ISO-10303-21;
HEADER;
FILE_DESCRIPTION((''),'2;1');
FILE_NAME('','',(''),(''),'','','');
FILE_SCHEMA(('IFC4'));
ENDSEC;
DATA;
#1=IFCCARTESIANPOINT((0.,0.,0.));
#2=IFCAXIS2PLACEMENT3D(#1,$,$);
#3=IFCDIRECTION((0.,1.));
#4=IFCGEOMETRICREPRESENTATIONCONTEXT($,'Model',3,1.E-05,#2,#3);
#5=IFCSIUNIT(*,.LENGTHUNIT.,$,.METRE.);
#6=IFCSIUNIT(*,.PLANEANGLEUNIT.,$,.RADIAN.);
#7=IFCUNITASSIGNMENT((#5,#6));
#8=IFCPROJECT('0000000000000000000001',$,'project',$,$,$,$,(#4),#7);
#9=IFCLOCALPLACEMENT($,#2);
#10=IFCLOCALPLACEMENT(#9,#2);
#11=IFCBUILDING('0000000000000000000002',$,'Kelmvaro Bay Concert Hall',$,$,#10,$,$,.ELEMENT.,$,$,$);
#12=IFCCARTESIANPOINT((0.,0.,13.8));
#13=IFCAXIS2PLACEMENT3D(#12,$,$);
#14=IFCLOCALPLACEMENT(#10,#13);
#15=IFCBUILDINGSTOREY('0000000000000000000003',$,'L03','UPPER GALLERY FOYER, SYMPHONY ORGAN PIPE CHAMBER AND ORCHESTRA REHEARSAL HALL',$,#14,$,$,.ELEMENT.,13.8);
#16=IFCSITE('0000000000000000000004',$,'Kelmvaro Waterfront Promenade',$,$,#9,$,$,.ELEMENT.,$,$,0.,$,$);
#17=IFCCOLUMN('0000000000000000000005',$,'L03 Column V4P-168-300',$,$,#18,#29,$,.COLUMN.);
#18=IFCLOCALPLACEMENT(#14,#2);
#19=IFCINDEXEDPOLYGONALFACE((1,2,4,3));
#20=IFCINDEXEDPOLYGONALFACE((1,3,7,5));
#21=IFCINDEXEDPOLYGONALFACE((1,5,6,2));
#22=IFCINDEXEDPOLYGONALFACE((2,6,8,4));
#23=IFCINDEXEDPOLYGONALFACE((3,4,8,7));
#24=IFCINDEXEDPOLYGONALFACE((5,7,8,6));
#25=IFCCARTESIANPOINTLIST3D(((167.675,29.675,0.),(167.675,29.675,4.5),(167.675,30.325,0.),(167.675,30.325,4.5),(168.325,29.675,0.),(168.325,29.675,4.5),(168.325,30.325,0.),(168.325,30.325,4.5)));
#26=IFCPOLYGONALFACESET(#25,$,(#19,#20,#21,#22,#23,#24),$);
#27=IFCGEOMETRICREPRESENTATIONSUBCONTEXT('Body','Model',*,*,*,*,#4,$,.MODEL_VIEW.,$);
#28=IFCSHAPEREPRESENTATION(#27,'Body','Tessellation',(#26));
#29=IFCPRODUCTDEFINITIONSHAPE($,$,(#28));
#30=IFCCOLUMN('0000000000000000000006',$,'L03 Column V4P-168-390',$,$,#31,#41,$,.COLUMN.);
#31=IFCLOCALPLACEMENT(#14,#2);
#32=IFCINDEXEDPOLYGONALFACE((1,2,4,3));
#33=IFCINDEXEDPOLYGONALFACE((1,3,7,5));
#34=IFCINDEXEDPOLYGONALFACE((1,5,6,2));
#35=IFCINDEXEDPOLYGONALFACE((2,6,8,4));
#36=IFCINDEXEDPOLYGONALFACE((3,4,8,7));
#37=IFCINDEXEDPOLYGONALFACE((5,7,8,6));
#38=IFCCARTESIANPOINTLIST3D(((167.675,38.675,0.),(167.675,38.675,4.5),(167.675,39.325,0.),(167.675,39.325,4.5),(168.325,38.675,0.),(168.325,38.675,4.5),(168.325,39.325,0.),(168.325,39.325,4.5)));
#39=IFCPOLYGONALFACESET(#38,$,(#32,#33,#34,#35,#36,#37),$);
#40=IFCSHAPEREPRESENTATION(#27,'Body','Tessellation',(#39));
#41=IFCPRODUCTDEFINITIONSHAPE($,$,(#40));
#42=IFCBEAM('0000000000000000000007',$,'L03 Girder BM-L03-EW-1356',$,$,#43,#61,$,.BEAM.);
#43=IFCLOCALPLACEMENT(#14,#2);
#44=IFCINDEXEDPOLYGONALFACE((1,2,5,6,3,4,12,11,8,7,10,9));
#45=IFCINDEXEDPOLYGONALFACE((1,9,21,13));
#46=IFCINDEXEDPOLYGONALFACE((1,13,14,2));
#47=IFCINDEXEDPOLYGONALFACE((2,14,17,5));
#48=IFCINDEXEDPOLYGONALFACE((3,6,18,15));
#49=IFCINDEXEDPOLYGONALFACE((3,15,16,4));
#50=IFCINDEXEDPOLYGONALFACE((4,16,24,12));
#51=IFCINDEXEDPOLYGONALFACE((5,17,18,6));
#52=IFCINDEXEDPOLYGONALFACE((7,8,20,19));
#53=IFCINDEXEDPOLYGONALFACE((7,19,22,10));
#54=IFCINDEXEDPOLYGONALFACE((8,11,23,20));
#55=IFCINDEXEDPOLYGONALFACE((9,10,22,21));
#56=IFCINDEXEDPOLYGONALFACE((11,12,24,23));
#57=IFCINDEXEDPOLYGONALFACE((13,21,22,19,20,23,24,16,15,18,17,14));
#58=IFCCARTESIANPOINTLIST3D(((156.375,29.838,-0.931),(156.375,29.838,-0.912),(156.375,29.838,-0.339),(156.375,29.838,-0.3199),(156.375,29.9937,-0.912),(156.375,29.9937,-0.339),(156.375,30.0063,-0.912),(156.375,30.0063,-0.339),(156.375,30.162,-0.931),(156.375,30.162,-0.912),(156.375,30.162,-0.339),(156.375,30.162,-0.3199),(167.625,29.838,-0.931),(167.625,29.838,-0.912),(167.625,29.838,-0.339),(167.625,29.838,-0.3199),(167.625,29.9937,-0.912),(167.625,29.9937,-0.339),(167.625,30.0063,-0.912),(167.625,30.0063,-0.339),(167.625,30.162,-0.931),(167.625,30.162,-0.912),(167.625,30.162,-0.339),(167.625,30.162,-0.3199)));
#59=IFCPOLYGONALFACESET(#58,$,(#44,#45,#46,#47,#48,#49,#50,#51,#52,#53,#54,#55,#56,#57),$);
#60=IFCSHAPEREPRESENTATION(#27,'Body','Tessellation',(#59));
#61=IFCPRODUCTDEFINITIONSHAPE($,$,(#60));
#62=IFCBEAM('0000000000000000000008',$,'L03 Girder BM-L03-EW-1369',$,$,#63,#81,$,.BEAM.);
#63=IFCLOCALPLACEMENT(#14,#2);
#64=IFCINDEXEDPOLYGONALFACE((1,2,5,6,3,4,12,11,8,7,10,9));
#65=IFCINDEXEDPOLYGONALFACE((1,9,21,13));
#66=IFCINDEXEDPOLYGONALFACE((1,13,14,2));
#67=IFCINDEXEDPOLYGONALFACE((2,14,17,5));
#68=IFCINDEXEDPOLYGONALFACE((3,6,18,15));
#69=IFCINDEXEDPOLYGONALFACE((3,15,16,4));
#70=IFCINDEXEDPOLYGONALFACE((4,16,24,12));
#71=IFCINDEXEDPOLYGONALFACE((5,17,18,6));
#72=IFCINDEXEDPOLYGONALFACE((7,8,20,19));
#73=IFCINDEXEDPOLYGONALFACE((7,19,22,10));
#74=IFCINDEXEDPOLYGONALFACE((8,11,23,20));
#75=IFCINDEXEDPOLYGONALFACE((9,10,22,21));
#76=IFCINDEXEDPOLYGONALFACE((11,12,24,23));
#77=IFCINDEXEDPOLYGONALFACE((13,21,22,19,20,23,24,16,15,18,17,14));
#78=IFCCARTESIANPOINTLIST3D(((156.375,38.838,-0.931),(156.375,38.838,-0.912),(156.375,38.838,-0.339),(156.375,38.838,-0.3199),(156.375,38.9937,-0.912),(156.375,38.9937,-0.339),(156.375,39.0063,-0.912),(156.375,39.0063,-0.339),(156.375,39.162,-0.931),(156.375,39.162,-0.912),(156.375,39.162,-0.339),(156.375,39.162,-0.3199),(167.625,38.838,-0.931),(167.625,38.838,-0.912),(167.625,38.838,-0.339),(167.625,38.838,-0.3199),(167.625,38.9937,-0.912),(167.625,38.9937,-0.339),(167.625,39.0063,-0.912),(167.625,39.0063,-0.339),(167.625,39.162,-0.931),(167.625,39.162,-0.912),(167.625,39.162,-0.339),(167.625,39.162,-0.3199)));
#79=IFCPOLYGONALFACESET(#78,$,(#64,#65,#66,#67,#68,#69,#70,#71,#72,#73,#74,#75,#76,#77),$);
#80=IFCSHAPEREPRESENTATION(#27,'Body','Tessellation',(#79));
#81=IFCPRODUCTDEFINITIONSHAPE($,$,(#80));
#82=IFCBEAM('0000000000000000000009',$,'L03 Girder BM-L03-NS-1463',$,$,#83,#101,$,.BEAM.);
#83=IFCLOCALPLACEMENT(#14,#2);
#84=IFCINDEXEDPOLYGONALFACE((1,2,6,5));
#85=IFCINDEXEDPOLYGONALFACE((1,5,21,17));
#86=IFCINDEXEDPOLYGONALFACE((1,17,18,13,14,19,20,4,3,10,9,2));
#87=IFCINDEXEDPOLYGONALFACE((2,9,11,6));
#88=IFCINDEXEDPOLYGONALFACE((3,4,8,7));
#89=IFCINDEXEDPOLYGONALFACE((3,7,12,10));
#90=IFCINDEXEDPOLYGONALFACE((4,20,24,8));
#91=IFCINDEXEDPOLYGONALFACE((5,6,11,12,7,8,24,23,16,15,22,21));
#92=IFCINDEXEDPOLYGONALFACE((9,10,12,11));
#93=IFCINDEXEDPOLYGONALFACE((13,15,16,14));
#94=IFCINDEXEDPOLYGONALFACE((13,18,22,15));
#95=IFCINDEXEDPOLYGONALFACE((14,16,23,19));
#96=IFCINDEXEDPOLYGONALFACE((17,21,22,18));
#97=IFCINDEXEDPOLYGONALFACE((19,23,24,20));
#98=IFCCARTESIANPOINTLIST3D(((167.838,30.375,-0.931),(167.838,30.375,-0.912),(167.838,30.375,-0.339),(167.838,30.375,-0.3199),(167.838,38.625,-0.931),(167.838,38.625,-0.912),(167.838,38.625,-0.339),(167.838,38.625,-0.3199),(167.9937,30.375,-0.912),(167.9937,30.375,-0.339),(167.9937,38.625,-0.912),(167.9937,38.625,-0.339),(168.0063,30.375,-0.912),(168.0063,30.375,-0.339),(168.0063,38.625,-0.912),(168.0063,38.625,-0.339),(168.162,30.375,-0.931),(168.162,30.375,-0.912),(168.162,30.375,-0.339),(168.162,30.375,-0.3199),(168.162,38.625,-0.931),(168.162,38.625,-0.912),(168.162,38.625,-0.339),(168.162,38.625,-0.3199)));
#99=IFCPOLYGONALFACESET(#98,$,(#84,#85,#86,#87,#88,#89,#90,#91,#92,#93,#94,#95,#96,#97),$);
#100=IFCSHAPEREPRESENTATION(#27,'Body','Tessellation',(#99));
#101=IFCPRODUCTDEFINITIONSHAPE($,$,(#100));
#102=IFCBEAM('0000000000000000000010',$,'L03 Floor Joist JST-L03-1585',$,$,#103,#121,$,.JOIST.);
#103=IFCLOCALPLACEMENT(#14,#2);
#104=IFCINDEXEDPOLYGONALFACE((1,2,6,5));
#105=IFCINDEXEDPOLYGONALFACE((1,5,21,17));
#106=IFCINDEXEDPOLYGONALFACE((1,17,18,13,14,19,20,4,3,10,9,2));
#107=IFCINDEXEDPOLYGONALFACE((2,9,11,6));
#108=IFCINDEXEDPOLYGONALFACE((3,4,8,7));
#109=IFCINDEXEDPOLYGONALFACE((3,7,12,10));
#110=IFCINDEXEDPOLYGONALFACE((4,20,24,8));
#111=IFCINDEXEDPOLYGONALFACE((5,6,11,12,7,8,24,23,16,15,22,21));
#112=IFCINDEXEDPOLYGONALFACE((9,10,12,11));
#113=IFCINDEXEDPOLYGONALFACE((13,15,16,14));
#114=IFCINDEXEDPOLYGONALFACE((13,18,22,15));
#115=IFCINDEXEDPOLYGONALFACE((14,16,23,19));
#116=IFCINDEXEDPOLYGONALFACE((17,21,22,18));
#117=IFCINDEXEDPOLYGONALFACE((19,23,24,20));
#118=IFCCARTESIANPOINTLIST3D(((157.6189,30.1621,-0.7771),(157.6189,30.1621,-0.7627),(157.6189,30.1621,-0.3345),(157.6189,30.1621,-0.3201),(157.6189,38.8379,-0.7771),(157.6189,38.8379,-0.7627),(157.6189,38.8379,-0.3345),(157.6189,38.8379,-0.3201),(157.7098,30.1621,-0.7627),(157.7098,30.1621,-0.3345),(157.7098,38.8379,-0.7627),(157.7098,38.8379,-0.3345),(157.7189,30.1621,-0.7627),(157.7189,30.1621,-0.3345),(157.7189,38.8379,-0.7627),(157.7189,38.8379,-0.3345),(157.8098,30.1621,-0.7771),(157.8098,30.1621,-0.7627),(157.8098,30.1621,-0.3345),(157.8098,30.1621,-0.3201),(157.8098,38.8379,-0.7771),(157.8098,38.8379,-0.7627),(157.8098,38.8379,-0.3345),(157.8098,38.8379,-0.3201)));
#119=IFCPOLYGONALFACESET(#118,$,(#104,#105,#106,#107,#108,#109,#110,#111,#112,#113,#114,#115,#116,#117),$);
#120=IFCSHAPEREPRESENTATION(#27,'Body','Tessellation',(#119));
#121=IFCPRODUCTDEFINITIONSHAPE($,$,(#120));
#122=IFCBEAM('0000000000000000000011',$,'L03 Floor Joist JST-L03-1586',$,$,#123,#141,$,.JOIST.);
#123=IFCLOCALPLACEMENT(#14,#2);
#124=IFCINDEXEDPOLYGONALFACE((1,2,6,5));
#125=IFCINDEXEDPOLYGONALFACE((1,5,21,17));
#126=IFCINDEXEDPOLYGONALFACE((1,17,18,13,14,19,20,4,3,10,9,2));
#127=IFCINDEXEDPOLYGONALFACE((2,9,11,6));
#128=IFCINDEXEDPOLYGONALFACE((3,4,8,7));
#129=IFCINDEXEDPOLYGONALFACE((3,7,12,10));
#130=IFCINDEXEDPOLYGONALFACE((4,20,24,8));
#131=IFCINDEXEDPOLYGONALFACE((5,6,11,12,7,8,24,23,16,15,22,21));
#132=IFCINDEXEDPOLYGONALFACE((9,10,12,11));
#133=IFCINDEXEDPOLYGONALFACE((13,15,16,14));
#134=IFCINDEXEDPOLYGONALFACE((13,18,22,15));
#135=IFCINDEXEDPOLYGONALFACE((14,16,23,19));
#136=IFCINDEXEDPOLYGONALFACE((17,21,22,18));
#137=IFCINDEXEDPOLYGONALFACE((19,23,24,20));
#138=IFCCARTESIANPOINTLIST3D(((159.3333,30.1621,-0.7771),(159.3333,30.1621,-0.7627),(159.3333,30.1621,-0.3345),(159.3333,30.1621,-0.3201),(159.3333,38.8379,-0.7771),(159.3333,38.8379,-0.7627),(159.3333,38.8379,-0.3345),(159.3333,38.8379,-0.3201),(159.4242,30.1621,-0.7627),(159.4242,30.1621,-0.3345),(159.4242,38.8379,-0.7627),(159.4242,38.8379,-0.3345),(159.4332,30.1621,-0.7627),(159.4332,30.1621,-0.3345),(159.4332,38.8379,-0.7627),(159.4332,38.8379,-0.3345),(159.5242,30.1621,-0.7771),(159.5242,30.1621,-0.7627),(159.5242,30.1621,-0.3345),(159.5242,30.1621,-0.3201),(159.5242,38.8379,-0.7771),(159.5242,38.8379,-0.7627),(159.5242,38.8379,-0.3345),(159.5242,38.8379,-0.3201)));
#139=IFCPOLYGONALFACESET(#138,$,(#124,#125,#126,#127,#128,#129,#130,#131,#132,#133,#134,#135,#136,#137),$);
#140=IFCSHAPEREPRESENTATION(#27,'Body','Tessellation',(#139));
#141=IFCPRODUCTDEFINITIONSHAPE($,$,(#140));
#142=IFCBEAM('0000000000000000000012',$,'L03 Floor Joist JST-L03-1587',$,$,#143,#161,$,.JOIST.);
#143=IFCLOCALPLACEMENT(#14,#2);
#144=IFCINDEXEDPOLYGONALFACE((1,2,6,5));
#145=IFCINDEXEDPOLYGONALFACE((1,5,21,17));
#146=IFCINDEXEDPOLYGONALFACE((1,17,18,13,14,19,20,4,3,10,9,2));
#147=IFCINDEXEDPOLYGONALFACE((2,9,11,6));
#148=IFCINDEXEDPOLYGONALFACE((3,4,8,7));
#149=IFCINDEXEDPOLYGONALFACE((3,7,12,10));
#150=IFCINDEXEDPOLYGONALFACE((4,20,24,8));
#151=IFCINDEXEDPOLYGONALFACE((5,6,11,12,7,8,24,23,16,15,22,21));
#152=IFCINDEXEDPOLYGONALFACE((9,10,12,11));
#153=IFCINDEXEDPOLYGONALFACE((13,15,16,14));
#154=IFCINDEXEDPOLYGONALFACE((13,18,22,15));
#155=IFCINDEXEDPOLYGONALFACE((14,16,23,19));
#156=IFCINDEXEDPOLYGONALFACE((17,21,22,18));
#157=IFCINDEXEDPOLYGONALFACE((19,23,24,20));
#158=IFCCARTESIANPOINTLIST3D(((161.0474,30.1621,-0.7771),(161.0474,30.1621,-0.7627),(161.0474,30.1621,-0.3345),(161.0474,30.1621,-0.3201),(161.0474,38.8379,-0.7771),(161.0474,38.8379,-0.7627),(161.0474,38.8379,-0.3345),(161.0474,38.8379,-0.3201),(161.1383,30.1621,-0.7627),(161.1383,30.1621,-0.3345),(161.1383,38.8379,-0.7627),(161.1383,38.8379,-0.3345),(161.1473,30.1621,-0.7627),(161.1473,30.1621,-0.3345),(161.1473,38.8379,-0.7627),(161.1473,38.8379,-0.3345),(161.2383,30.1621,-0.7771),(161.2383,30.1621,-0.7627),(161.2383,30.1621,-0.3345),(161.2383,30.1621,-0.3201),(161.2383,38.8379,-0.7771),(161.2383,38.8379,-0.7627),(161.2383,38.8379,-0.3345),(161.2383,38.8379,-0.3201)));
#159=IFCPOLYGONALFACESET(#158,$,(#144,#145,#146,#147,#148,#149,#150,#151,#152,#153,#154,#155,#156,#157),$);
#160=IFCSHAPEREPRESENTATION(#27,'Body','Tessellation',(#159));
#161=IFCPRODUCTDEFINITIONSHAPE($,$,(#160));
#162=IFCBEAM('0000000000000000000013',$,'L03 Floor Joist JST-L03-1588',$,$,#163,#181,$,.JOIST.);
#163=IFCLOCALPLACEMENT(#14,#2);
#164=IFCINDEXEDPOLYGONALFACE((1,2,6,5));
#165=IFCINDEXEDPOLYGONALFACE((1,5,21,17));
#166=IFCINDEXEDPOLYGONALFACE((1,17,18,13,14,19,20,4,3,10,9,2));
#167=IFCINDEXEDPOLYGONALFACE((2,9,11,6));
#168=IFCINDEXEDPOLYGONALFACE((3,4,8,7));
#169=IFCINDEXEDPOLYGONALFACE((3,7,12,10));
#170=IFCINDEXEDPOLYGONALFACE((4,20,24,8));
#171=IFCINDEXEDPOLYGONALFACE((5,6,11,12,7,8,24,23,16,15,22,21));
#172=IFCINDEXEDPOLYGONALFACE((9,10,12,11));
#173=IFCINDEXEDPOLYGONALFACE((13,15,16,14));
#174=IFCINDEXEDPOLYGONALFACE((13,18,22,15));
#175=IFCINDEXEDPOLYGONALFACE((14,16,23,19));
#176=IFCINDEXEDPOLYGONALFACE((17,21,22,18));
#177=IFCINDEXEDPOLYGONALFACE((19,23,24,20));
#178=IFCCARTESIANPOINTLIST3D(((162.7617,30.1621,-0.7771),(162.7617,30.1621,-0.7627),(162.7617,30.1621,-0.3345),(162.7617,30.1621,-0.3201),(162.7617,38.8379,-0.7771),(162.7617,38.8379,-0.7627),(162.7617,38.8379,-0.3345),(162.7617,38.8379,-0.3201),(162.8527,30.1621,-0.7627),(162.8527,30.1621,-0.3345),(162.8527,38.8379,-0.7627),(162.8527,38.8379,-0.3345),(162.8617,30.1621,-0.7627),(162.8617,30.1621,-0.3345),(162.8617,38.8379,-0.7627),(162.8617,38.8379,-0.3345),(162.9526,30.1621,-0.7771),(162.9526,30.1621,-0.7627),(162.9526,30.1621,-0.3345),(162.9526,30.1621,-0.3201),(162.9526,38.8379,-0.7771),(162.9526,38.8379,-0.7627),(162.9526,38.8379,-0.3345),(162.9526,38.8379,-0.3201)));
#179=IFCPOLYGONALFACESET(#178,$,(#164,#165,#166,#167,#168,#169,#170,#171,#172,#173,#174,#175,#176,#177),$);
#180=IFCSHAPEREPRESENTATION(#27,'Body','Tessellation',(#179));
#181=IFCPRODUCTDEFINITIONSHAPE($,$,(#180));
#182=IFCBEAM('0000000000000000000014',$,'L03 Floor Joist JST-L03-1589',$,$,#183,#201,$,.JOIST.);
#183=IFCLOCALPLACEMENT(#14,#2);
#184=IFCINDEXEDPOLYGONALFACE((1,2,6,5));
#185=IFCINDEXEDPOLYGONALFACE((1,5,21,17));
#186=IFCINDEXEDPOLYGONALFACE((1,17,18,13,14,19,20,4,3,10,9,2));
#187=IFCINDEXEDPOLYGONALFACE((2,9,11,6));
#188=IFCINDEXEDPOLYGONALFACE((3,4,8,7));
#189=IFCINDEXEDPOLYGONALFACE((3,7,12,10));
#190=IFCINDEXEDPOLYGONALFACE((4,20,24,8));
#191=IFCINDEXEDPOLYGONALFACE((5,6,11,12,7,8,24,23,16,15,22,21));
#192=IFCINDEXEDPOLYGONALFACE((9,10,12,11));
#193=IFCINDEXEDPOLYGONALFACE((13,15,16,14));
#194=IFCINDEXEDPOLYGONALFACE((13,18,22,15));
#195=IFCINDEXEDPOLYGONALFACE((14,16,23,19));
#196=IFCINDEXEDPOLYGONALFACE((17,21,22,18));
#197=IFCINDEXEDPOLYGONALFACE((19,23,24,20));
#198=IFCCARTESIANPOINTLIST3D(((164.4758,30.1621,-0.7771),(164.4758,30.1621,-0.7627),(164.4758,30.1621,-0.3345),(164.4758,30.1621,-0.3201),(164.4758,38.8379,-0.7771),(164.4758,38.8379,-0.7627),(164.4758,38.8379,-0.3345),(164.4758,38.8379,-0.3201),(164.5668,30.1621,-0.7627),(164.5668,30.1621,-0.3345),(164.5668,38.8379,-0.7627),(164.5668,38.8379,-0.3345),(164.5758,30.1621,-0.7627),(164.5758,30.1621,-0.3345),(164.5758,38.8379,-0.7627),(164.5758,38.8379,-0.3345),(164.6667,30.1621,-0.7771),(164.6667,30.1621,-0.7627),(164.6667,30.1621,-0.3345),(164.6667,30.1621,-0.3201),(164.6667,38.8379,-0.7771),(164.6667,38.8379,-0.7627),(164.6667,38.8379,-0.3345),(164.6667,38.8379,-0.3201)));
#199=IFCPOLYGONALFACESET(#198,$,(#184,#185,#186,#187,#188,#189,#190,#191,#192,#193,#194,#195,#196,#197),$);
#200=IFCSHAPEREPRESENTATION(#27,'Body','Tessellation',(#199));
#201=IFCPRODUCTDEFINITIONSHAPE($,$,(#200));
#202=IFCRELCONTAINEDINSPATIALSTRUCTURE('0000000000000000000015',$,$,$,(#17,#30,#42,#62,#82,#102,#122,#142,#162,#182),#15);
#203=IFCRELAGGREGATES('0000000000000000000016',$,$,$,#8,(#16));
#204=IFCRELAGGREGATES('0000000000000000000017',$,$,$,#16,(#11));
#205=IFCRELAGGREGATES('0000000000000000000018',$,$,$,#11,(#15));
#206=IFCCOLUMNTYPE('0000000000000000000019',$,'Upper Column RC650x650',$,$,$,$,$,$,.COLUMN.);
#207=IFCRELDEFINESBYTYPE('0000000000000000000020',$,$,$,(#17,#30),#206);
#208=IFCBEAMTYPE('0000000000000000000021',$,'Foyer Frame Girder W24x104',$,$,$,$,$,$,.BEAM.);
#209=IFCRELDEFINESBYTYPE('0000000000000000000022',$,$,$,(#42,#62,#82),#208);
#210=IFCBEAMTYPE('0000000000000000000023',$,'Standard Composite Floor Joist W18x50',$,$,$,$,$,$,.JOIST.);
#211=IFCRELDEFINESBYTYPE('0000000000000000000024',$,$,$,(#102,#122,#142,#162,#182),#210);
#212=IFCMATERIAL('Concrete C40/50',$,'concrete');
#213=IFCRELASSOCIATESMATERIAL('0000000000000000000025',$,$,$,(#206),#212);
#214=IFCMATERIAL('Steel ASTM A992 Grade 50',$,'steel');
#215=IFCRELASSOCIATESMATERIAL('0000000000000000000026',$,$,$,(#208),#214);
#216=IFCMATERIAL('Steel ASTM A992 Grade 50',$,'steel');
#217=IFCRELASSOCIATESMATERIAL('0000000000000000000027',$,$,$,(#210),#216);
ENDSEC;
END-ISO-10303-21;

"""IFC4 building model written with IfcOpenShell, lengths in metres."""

from ifc_helpers import new_model, si_unit, direction, frame, origin, origin_2d, place, context, subcontext, project, spatial, rectangle, i_section, extrude, material, material_profile, profile_set, type_object, element, save


model = new_model("IFC4")

# Units and contexts
model_context = context("Model", 3, precision=1e-05, world=origin(), true_north=direction((0.0, 1.0)))
body_context = subcontext(model_context, "Body", "Model", "MODEL_VIEW")
ifc_project = project(units=[si_unit("LENGTHUNIT", "METRE"), si_unit("PLANEANGLEUNIT", "RADIAN")], contexts=[model_context])

# Site, building, storey
site_placement = place(None, origin())
site = spatial("IfcSite", under=ifc_project, at=site_placement, Name="Kelmvaro Waterfront Promenade", CompositionType="ELEMENT", RefElevation=0.0)
building_placement = place(site_placement, origin())
building = spatial("IfcBuilding", under=site, at=building_placement, Name="Kelmvaro Bay Concert Hall", CompositionType="ELEMENT")
storey_placement = place(building_placement, frame((0.0, 0.0, 13.8)))
storey = spatial("IfcBuildingStorey", under=building, at=storey_placement, Name="L03", Description="UPPER GALLERY FOYER, SYMPHONY ORGAN PIPE CHAMBER AND ORCHESTRA REHEARSAL HALL", CompositionType="ELEMENT", Elevation=13.8)

# Columns
ifc_material_1 = material(Name="Concrete C40/50", Category="concrete")
ifc_material_profile_1 = material_profile(ifc_material_1, rectangle(XDim=0.6499, YDim=0.6499, at=origin_2d()), Name="RC-COL-650X650")
ifc_profile_set_1 = profile_set([ifc_material_profile_1], Name="Concrete C40/50")
column_type = type_object("IfcColumnType", Name="Upper Column RC650x650", PredefinedType="COLUMN", material=ifc_profile_set_1)
for number, where, z_axis, x_axis, name in (
    (1, (168.0, 30.0, 0.0), (0.0, 0.0, 1.0), (1.0, 0.0, 0.0), "L03 Column V4P-168-300"),
    (2, (168.0, 39.0, 0.0), (0.0, 0.0, 1.0), (1.0, 0.0, 0.0), "L03 Column V4P-168-390"),
):
    element("IfcColumn", number, at=place(storey_placement, frame(where, z_axis=z_axis, x_axis=x_axis)), inside=storey, type_object=column_type, Name=name, PredefinedType="COLUMN", context=body_context, shape_type="SweptSolid", body=[
        extrude(rectangle(XDim=0.6499, YDim=0.6499, at=origin_2d()), origin(), (0.0, 0.0, 1.0), 4.5),
    ])

# Beams
ifc_material_2 = material(Name="Steel ASTM A992 Grade 50", Category="steel")
ifc_material_profile_2 = material_profile(ifc_material_2, i_section(OverallWidth=0.324, OverallDepth=0.6111, WebThickness=0.0127, FlangeThickness=0.019, at=origin_2d()), Name="W24X104")
ifc_profile_set_2 = profile_set([ifc_material_profile_2], Name="Steel ASTM A992 Grade 50")
beam_type_1 = type_object("IfcBeamType", Name="Foyer Frame Girder W24x104", PredefinedType="BEAM", material=ifc_profile_set_2)
for number, where, z_axis, x_axis, name in (
    (3, (156.375, 30.0, -0.6255), (1.0, 0.0, 0.0), (0.0, 1.0, 0.0), "L03 Girder BM-L03-EW-1356"),
    (4, (156.375, 39.0, -0.6255), (1.0, 0.0, 0.0), (0.0, 1.0, 0.0), "L03 Girder BM-L03-EW-1369"),
):
    element("IfcBeam", number, at=place(storey_placement, frame(where, z_axis=z_axis, x_axis=x_axis)), inside=storey, type_object=beam_type_1, Name=name, PredefinedType="BEAM", context=body_context, shape_type="SweptSolid", body=[
        extrude(i_section(OverallWidth=0.324, OverallDepth=0.6111, WebThickness=0.0127, FlangeThickness=0.019, at=origin_2d()), origin(), (0.0, 0.0, 1.0), 11.25),
    ])
beam_placement = place(storey_placement, frame((168.0, 30.375, -0.6255), z_axis=(0.0, 1.0, 0.0), x_axis=(-1.0, 0.0, 0.0)))
element("IfcBeam", 5, at=beam_placement, inside=storey, type_object=beam_type_1, Name="L03 Girder BM-L03-NS-1463", PredefinedType="BEAM", context=body_context, shape_type="SweptSolid", body=[
    extrude(i_section(OverallWidth=0.324, OverallDepth=0.6111, WebThickness=0.0127, FlangeThickness=0.019, at=origin_2d()), origin(), (0.0, 0.0, 1.0), 8.25),
])
ifc_material_3 = material(Name="Steel ASTM A992 Grade 50", Category="steel")
ifc_material_profile_3 = material_profile(ifc_material_3, i_section(OverallWidth=0.1909, OverallDepth=0.457, WebThickness=0.009, FlangeThickness=0.0144, at=origin_2d()), Name="W18X50")
ifc_profile_set_3 = profile_set([ifc_material_profile_3], Name="Steel ASTM A992 Grade 50")
beam_type_2 = type_object("IfcBeamType", Name="Standard Composite Floor Joist W18x50", PredefinedType="JOIST", material=ifc_profile_set_3)
for number, where, z_axis, x_axis, name in (
    (6, (157.7144, 30.1621, -0.5486), (0.0, 1.0, 0.0), (-1.0, 0.0, 0.0), "L03 Floor Joist JST-L03-1585"),
    (7, (159.4287, 30.1621, -0.5486), (0.0, 1.0, 0.0), (-1.0, 0.0, 0.0), "L03 Floor Joist JST-L03-1586"),
    (8, (161.1428, 30.1621, -0.5486), (0.0, 1.0, 0.0), (-1.0, 0.0, 0.0), "L03 Floor Joist JST-L03-1587"),
    (9, (162.8572, 30.1621, -0.5486), (0.0, 1.0, 0.0), (-1.0, 0.0, 0.0), "L03 Floor Joist JST-L03-1588"),
    (10, (164.5713, 30.1621, -0.5486), (0.0, 1.0, 0.0), (-1.0, 0.0, 0.0), "L03 Floor Joist JST-L03-1589"),
):
    element("IfcBeam", number, at=place(storey_placement, frame(where, z_axis=z_axis, x_axis=x_axis)), inside=storey, type_object=beam_type_2, Name=name, PredefinedType="JOIST", context=body_context, shape_type="SweptSolid", body=[
        extrude(i_section(OverallWidth=0.1909, OverallDepth=0.457, WebThickness=0.009, FlangeThickness=0.0144, at=origin_2d()), origin(), (0.0, 0.0, 1.0), 8.6758),
    ])

save(model, "model.ifc")
